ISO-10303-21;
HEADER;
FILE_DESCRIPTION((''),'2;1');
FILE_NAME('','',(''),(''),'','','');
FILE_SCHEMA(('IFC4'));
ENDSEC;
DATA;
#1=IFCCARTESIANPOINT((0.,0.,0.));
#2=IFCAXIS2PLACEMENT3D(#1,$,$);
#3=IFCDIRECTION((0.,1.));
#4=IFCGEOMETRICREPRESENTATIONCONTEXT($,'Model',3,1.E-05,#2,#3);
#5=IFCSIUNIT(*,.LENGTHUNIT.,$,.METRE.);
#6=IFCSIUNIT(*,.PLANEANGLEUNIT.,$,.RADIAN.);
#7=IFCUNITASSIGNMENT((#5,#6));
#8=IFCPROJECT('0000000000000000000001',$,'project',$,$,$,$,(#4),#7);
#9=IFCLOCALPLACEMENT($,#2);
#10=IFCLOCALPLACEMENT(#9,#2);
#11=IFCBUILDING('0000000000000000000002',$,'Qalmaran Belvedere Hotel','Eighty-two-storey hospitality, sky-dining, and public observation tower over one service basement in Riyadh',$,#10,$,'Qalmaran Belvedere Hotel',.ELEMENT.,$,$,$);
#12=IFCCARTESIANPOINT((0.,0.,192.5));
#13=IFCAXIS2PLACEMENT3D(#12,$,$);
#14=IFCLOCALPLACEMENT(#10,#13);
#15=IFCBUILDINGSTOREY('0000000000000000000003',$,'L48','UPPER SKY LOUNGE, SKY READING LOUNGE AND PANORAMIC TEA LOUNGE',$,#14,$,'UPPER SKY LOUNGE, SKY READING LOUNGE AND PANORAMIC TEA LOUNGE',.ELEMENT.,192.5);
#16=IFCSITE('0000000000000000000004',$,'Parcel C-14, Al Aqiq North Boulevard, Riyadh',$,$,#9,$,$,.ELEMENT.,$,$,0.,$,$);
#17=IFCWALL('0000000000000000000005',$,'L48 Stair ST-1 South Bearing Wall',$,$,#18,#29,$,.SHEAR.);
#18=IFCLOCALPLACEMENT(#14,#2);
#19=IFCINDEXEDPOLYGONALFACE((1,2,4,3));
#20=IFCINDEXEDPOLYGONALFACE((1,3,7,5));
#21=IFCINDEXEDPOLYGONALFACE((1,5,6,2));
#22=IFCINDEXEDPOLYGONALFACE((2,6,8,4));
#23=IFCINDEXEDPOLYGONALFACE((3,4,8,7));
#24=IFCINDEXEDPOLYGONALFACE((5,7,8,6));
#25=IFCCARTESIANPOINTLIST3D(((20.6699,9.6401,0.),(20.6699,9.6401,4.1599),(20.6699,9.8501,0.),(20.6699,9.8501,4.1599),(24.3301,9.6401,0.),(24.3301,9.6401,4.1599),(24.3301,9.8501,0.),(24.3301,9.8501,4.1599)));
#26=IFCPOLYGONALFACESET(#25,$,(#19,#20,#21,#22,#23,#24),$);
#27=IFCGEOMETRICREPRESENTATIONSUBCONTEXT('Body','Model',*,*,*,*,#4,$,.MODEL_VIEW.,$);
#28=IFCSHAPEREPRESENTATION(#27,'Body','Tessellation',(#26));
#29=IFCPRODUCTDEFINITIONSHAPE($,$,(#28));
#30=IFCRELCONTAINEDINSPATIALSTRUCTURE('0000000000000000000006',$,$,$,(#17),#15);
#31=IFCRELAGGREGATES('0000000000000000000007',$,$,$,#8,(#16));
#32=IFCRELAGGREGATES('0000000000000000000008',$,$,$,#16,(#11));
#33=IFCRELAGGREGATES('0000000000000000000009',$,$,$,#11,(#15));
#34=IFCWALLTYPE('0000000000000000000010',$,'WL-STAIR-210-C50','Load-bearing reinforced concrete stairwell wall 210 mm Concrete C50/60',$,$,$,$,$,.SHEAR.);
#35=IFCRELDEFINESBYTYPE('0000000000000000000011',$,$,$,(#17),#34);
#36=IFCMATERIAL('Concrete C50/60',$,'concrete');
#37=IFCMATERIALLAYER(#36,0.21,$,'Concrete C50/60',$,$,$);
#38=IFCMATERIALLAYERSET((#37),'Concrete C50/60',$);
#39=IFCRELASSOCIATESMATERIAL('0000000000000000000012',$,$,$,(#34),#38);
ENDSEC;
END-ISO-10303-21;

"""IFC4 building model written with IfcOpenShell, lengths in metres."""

from ifc_helpers import new_model, si_unit, direction, frame, frame_2d, origin, place, context, subcontext, project, spatial, rectangle, extrude, material, layer, layer_set, type_object, element, save


model = new_model("IFC4")

# Units and contexts
model_context = context("Model", 3, precision=1e-05, world=origin(), true_north=direction((0.0, 1.0)))
body_context = subcontext(model_context, "Body", "Model", "MODEL_VIEW")
ifc_project = project(units=[si_unit("LENGTHUNIT", "METRE"), si_unit("PLANEANGLEUNIT", "RADIAN")], contexts=[model_context])

# Site, building, storey
site_placement = place(None, origin())
site = spatial("IfcSite", under=ifc_project, at=site_placement, Name="Parcel C-14, Al Aqiq North Boulevard, Riyadh", CompositionType="ELEMENT", RefElevation=0.0)
building_placement = place(site_placement, origin())
building = spatial("IfcBuilding", under=site, at=building_placement, Name="Qalmaran Belvedere Hotel", Description="Eighty-two-storey hospitality, sky-dining, and public observation tower over one service basement in Riyadh", LongName="Qalmaran Belvedere Hotel", CompositionType="ELEMENT")
storey_placement = place(building_placement, frame((0.0, 0.0, 192.5)))
storey = spatial("IfcBuildingStorey", under=building, at=storey_placement, Name="L48", Description="UPPER SKY LOUNGE, SKY READING LOUNGE AND PANORAMIC TEA LOUNGE", LongName="UPPER SKY LOUNGE, SKY READING LOUNGE AND PANORAMIC TEA LOUNGE", CompositionType="ELEMENT", Elevation=192.5)

# Shared definitions
ifc_material_1 = material(Name="Concrete C50/60", Category="concrete")

# Wall
ifc_layer_1 = layer(ifc_material_1, 0.21, Name="Concrete C50/60")
ifc_layer_set_1 = layer_set([ifc_layer_1], Name="Concrete C50/60")
wall_type_1 = type_object("IfcWallType", Name="WL-STAIR-210-C50", Description="Load-bearing reinforced concrete stairwell wall 210 mm Concrete C50/60", PredefinedType="SHEAR", material=ifc_layer_set_1)
wall_1_placement = place(storey_placement, frame((20.6699, 9.7451, 0.0), z_axis=(0.0, 0.0, 1.0), x_axis=(1.0, 0.0, 0.0)))
element("IfcWall", 1, at=wall_1_placement, inside=storey, type_object=wall_type_1, Name="L48 Stair ST-1 South Bearing Wall", PredefinedType="SHEAR", context=body_context, shape_type="SweptSolid", body=[
    extrude(rectangle(XDim=3.6602, YDim=0.21, at=frame_2d((1.8301, 0.0))), origin(), (0.0, 0.0, 1.0), 4.1599),
])

save(model, "model.ifc")
